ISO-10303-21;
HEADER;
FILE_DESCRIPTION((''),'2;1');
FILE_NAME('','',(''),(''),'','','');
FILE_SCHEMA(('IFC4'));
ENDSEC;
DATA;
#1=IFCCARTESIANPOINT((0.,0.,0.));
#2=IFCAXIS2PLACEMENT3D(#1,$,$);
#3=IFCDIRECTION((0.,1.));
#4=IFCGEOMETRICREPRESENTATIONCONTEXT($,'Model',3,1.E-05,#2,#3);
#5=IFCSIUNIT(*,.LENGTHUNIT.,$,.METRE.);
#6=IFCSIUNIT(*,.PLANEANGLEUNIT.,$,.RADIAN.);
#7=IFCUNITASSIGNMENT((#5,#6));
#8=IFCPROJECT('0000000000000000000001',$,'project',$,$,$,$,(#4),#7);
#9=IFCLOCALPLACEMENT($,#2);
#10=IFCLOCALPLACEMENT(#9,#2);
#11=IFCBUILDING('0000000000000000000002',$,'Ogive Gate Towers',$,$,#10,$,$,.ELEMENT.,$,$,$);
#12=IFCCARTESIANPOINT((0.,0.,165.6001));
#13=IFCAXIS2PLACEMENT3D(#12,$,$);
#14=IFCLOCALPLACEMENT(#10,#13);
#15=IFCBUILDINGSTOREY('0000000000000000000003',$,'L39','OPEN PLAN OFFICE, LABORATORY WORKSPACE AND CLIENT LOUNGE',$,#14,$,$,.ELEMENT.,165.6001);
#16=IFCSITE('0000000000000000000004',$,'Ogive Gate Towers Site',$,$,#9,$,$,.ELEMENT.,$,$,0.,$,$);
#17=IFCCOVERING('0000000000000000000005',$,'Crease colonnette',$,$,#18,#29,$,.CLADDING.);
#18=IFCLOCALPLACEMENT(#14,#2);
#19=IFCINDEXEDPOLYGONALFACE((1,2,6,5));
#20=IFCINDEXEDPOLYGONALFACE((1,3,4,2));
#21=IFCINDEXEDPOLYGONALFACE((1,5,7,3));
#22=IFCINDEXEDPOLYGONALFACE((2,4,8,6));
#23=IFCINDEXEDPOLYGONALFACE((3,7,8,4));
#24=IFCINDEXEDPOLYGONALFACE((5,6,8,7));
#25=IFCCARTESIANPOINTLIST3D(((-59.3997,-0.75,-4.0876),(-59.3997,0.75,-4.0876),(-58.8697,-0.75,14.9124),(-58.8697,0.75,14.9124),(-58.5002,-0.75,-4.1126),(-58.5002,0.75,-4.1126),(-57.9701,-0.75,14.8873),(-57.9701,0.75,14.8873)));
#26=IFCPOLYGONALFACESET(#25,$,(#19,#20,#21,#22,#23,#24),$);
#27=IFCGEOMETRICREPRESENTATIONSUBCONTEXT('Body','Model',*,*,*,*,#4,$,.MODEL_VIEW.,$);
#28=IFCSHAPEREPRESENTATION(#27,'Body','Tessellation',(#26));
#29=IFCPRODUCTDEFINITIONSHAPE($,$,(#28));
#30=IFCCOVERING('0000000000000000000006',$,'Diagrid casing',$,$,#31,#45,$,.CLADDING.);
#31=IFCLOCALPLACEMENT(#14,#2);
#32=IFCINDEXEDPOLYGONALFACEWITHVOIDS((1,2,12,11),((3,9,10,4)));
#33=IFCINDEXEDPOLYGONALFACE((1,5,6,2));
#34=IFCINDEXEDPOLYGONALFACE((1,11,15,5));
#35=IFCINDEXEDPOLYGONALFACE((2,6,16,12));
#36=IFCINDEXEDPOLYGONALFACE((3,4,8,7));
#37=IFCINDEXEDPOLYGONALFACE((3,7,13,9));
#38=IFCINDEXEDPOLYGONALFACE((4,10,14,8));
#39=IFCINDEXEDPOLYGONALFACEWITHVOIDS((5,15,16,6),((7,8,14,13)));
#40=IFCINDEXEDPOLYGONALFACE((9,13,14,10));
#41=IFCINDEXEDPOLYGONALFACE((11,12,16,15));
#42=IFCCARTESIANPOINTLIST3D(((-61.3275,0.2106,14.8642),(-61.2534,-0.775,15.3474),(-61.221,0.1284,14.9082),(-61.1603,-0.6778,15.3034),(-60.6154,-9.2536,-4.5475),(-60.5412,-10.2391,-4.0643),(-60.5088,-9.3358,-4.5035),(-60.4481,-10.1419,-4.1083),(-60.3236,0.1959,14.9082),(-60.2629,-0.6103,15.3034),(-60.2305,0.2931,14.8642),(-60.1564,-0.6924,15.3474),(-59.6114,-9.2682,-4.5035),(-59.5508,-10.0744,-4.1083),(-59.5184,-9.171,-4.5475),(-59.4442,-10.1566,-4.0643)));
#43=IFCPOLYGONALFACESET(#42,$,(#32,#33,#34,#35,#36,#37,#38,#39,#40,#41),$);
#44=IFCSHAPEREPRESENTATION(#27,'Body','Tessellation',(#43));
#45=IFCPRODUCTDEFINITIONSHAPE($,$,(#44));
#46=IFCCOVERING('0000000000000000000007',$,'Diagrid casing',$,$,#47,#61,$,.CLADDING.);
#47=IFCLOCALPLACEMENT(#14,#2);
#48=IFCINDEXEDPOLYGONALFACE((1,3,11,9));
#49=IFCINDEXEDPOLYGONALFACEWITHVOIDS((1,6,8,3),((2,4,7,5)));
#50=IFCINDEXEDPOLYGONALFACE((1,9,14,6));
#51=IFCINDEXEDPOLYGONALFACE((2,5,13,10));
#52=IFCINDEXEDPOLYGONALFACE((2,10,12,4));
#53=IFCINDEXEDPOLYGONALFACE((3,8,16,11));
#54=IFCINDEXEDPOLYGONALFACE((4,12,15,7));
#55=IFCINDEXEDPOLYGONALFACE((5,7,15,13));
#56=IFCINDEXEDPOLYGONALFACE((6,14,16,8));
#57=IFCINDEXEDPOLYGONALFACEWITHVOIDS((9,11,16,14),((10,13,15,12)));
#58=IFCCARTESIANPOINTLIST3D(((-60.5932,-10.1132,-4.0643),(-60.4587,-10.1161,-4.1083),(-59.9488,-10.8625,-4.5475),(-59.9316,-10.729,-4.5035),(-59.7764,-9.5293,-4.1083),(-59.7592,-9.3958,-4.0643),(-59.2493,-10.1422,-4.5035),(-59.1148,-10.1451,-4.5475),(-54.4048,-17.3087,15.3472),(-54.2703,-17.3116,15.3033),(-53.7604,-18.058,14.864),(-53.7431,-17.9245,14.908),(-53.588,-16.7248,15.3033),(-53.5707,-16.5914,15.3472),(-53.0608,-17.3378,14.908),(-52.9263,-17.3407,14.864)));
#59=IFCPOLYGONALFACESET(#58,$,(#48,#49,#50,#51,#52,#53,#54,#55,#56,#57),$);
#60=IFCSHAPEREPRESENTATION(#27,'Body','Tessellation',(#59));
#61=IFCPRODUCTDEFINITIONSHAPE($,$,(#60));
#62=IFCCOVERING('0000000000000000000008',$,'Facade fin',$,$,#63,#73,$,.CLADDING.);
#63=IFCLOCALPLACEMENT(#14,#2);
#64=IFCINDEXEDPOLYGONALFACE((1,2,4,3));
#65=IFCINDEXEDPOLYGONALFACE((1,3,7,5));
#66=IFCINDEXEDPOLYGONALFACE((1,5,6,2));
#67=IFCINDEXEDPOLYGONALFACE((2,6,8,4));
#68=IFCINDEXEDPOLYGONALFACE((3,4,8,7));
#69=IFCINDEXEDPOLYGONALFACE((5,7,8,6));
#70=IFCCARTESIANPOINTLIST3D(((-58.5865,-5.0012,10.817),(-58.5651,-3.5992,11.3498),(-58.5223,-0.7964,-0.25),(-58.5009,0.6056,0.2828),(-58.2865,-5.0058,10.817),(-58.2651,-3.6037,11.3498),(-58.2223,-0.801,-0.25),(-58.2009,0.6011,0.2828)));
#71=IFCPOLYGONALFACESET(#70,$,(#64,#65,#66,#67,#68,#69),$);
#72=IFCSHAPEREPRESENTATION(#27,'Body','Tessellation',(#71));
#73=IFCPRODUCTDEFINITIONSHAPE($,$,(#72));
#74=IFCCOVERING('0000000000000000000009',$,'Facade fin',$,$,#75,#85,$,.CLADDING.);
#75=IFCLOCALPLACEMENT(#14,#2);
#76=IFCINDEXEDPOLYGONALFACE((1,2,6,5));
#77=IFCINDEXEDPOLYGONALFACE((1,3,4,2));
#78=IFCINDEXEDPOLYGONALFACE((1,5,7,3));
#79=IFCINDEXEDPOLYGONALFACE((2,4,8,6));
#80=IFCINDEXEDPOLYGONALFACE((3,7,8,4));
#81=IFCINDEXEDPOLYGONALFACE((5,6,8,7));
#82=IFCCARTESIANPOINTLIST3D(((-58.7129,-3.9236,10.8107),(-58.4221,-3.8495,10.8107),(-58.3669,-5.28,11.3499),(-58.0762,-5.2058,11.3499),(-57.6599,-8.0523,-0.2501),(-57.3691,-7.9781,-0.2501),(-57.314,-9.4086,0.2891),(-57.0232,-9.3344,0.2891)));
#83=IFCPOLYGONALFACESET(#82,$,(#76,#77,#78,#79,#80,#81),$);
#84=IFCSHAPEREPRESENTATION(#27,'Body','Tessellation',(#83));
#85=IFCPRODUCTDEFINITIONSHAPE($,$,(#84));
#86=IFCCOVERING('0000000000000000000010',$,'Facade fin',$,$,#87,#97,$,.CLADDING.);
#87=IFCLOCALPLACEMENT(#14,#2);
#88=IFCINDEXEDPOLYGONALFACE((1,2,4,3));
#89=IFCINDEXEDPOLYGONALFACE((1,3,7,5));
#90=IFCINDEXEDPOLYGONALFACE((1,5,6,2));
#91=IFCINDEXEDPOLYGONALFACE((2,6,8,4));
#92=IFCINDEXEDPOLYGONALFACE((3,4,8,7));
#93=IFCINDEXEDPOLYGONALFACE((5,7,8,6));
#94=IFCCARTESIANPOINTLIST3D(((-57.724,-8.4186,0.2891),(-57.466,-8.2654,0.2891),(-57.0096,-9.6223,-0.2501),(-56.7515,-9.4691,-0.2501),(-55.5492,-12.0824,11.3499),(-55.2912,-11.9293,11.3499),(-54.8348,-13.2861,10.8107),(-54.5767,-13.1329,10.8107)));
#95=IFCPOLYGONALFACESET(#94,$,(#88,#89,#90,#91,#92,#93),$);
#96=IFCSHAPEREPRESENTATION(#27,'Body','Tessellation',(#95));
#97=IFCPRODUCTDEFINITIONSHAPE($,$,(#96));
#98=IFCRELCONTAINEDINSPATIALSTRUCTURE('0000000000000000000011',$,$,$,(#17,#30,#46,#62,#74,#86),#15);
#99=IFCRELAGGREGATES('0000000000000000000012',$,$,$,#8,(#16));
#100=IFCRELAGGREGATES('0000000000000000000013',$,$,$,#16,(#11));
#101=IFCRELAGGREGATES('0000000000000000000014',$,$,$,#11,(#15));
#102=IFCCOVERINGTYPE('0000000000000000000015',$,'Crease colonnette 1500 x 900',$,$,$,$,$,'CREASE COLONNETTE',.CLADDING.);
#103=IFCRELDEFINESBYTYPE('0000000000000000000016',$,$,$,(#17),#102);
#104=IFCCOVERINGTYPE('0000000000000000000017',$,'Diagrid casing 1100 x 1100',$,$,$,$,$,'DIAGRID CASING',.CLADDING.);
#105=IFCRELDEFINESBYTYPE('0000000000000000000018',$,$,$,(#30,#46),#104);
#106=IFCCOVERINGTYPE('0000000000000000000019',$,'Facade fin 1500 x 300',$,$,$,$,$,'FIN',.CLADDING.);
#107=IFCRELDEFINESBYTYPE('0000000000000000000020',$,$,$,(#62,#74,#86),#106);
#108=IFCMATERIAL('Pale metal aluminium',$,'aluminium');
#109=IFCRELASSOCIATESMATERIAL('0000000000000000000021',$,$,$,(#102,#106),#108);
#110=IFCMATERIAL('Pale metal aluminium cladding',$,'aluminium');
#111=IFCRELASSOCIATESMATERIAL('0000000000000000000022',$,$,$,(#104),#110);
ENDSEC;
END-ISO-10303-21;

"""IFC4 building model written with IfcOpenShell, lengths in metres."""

from ifc_helpers import new_model, si_unit, direction, frame, origin, origin_2d, place, context, subcontext, project, spatial, rectangle, hollow_rectangle, extrude, material, material_profile, profile_set, type_object, element, save


model = new_model("IFC4")

# Units and contexts
model_context = context("Model", 3, precision=1e-05, world=origin(), true_north=direction((0.0, 1.0)))
body_context = subcontext(model_context, "Body", "Model", "MODEL_VIEW")
ifc_project = project(units=[si_unit("LENGTHUNIT", "METRE"), si_unit("PLANEANGLEUNIT", "RADIAN")], contexts=[model_context])

# Site, building, storey
site_placement = place(None, origin())
site = spatial("IfcSite", under=ifc_project, at=site_placement, Name="Ogive Gate Towers Site", CompositionType="ELEMENT", RefElevation=0.0)
building_placement = place(site_placement, origin())
building = spatial("IfcBuilding", under=site, at=building_placement, Name="Ogive Gate Towers", CompositionType="ELEMENT")
storey_placement = place(building_placement, frame((0.0, 0.0, 165.6001)))
storey = spatial("IfcBuildingStorey", under=building, at=storey_placement, Name="L39", Description="OPEN PLAN OFFICE, LABORATORY WORKSPACE AND CLIENT LOUNGE", CompositionType="ELEMENT", Elevation=165.6001)

# Shared definitions
ifc_material_1 = material(Name="Pale metal aluminium", Category="aluminium")

# Coverings
ifc_material_profile_1 = material_profile(ifc_material_1, rectangle(XDim=1.5, YDim=0.8999, at=origin_2d()), Name="1500 x 900 pale metal aluminium")
ifc_profile_set_1 = profile_set([ifc_material_profile_1], Name="Pale metal aluminium")
covering_type_1 = type_object("IfcCoveringType", Name="Crease colonnette 1500 x 900", ElementType="CREASE COLONNETTE", PredefinedType="CLADDING", material=ifc_profile_set_1)
covering_1_placement = place(storey_placement, frame((-58.95, 0.0, -4.1001), z_axis=(0.027885, 0.0, 0.999611), x_axis=(0.0, 1.0, 0.0)))
element("IfcCovering", 1, at=covering_1_placement, inside=storey, type_object=covering_type_1, Name="Crease colonnette", PredefinedType="CLADDING", context=body_context, shape_type="SweptSolid", body=[
    extrude(rectangle(XDim=1.5, YDim=0.8999, at=origin_2d()), origin(), (0.0, 0.0, 1.0), 19.0073),
])
ifc_material_2 = material(Name="Pale metal aluminium cladding", Category="aluminium")
ifc_material_profile_2 = material_profile(ifc_material_2, hollow_rectangle(XDim=1.1001, YDim=1.1001, WallThickness=0.1001, at=origin_2d()), Name="1100 x 1100 pale metal casing")
ifc_profile_set_2 = profile_set([ifc_material_profile_2], Name="Pale metal aluminium cladding")
covering_type_2 = type_object("IfcCoveringType", Name="Diagrid casing 1100 x 1100", ElementType="DIAGRID CASING", PredefinedType="CLADDING", material=ifc_profile_set_2)
covering_2_placement = place(storey_placement, frame((-60.0298, -9.7051, -4.3059), z_axis=(-0.032959, 0.438, 0.898371), x_axis=(-0.997181, -0.075036, 0.0)))
element("IfcCovering", 2, at=covering_2_placement, inside=storey, type_object=covering_type_2, Name="Diagrid casing", PredefinedType="CLADDING", context=body_context, shape_type="SweptSolid", body=[
    extrude(hollow_rectangle(XDim=1.1001, YDim=1.1001, WallThickness=0.1001, at=origin_2d()), origin(), (0.0, 0.0, 1.0), 21.6077),
])
covering_3_placement = place(storey_placement, frame((-59.854, -10.1292, -4.3059), z_axis=(0.286404, -0.333012, 0.898374), x_axis=(0.75817, 0.652057, 0.0)))
element("IfcCovering", 3, at=covering_3_placement, inside=storey, type_object=covering_type_2, Name="Diagrid casing", PredefinedType="CLADDING", context=body_context, shape_type="SweptSolid", body=[
    extrude(hollow_rectangle(XDim=1.1001, YDim=1.1001, WallThickness=0.1001, at=origin_2d()), origin(), (0.0, 0.0, 1.0), 21.6074),
])
ifc_material_profile_3 = material_profile(ifc_material_1, rectangle(XDim=0.3, YDim=1.5, at=origin_2d()), Name="1500 x 300 pale metal aluminium")
ifc_profile_set_3 = profile_set([ifc_material_profile_3], Name="Pale metal aluminium")
covering_type_3 = type_object("IfcCoveringType", Name="Facade fin 1500 x 300", ElementType="FIN", PredefinedType="CLADDING", material=ifc_profile_set_3)
covering_4_placement = place(storey_placement, frame((-58.3616, -0.0977, 0.0164), z_axis=(-0.005423, -0.355162, 0.934789), x_axis=(0.999883, -0.015268, 0.0)))
element("IfcCovering", 4, at=covering_4_placement, inside=storey, type_object=covering_type_3, Name="Facade fin", PredefinedType="CLADDING", context=body_context, shape_type="SweptSolid", body=[
    extrude(rectangle(XDim=0.3, YDim=1.5, at=origin_2d()), origin(), (0.0, 0.0, 1.0), 11.8391),
])
for number, where, z_axis, x_axis, name in (
    (5, (-57.3416, -8.6934, 0.0195), (-0.088836, 0.34832, 0.933157), (-0.968982, -0.24713, 0.0), "Facade fin"),
    (6, (-57.2378, -8.9438, 0.0195), (0.183481, -0.309104, 0.933161), (0.859915, 0.510437, 0.0), "Facade fin"),
):
    element("IfcCovering", number, at=place(storey_placement, frame(where, z_axis=z_axis, x_axis=x_axis)), inside=storey, type_object=covering_type_3, Name=name, PredefinedType="CLADDING", context=body_context, shape_type="SweptSolid", body=[
        extrude(rectangle(XDim=0.3, YDim=1.5, at=origin_2d()), origin(), (0.0, 0.0, 1.0), 11.853),
    ])

save(model, "model.ifc")
